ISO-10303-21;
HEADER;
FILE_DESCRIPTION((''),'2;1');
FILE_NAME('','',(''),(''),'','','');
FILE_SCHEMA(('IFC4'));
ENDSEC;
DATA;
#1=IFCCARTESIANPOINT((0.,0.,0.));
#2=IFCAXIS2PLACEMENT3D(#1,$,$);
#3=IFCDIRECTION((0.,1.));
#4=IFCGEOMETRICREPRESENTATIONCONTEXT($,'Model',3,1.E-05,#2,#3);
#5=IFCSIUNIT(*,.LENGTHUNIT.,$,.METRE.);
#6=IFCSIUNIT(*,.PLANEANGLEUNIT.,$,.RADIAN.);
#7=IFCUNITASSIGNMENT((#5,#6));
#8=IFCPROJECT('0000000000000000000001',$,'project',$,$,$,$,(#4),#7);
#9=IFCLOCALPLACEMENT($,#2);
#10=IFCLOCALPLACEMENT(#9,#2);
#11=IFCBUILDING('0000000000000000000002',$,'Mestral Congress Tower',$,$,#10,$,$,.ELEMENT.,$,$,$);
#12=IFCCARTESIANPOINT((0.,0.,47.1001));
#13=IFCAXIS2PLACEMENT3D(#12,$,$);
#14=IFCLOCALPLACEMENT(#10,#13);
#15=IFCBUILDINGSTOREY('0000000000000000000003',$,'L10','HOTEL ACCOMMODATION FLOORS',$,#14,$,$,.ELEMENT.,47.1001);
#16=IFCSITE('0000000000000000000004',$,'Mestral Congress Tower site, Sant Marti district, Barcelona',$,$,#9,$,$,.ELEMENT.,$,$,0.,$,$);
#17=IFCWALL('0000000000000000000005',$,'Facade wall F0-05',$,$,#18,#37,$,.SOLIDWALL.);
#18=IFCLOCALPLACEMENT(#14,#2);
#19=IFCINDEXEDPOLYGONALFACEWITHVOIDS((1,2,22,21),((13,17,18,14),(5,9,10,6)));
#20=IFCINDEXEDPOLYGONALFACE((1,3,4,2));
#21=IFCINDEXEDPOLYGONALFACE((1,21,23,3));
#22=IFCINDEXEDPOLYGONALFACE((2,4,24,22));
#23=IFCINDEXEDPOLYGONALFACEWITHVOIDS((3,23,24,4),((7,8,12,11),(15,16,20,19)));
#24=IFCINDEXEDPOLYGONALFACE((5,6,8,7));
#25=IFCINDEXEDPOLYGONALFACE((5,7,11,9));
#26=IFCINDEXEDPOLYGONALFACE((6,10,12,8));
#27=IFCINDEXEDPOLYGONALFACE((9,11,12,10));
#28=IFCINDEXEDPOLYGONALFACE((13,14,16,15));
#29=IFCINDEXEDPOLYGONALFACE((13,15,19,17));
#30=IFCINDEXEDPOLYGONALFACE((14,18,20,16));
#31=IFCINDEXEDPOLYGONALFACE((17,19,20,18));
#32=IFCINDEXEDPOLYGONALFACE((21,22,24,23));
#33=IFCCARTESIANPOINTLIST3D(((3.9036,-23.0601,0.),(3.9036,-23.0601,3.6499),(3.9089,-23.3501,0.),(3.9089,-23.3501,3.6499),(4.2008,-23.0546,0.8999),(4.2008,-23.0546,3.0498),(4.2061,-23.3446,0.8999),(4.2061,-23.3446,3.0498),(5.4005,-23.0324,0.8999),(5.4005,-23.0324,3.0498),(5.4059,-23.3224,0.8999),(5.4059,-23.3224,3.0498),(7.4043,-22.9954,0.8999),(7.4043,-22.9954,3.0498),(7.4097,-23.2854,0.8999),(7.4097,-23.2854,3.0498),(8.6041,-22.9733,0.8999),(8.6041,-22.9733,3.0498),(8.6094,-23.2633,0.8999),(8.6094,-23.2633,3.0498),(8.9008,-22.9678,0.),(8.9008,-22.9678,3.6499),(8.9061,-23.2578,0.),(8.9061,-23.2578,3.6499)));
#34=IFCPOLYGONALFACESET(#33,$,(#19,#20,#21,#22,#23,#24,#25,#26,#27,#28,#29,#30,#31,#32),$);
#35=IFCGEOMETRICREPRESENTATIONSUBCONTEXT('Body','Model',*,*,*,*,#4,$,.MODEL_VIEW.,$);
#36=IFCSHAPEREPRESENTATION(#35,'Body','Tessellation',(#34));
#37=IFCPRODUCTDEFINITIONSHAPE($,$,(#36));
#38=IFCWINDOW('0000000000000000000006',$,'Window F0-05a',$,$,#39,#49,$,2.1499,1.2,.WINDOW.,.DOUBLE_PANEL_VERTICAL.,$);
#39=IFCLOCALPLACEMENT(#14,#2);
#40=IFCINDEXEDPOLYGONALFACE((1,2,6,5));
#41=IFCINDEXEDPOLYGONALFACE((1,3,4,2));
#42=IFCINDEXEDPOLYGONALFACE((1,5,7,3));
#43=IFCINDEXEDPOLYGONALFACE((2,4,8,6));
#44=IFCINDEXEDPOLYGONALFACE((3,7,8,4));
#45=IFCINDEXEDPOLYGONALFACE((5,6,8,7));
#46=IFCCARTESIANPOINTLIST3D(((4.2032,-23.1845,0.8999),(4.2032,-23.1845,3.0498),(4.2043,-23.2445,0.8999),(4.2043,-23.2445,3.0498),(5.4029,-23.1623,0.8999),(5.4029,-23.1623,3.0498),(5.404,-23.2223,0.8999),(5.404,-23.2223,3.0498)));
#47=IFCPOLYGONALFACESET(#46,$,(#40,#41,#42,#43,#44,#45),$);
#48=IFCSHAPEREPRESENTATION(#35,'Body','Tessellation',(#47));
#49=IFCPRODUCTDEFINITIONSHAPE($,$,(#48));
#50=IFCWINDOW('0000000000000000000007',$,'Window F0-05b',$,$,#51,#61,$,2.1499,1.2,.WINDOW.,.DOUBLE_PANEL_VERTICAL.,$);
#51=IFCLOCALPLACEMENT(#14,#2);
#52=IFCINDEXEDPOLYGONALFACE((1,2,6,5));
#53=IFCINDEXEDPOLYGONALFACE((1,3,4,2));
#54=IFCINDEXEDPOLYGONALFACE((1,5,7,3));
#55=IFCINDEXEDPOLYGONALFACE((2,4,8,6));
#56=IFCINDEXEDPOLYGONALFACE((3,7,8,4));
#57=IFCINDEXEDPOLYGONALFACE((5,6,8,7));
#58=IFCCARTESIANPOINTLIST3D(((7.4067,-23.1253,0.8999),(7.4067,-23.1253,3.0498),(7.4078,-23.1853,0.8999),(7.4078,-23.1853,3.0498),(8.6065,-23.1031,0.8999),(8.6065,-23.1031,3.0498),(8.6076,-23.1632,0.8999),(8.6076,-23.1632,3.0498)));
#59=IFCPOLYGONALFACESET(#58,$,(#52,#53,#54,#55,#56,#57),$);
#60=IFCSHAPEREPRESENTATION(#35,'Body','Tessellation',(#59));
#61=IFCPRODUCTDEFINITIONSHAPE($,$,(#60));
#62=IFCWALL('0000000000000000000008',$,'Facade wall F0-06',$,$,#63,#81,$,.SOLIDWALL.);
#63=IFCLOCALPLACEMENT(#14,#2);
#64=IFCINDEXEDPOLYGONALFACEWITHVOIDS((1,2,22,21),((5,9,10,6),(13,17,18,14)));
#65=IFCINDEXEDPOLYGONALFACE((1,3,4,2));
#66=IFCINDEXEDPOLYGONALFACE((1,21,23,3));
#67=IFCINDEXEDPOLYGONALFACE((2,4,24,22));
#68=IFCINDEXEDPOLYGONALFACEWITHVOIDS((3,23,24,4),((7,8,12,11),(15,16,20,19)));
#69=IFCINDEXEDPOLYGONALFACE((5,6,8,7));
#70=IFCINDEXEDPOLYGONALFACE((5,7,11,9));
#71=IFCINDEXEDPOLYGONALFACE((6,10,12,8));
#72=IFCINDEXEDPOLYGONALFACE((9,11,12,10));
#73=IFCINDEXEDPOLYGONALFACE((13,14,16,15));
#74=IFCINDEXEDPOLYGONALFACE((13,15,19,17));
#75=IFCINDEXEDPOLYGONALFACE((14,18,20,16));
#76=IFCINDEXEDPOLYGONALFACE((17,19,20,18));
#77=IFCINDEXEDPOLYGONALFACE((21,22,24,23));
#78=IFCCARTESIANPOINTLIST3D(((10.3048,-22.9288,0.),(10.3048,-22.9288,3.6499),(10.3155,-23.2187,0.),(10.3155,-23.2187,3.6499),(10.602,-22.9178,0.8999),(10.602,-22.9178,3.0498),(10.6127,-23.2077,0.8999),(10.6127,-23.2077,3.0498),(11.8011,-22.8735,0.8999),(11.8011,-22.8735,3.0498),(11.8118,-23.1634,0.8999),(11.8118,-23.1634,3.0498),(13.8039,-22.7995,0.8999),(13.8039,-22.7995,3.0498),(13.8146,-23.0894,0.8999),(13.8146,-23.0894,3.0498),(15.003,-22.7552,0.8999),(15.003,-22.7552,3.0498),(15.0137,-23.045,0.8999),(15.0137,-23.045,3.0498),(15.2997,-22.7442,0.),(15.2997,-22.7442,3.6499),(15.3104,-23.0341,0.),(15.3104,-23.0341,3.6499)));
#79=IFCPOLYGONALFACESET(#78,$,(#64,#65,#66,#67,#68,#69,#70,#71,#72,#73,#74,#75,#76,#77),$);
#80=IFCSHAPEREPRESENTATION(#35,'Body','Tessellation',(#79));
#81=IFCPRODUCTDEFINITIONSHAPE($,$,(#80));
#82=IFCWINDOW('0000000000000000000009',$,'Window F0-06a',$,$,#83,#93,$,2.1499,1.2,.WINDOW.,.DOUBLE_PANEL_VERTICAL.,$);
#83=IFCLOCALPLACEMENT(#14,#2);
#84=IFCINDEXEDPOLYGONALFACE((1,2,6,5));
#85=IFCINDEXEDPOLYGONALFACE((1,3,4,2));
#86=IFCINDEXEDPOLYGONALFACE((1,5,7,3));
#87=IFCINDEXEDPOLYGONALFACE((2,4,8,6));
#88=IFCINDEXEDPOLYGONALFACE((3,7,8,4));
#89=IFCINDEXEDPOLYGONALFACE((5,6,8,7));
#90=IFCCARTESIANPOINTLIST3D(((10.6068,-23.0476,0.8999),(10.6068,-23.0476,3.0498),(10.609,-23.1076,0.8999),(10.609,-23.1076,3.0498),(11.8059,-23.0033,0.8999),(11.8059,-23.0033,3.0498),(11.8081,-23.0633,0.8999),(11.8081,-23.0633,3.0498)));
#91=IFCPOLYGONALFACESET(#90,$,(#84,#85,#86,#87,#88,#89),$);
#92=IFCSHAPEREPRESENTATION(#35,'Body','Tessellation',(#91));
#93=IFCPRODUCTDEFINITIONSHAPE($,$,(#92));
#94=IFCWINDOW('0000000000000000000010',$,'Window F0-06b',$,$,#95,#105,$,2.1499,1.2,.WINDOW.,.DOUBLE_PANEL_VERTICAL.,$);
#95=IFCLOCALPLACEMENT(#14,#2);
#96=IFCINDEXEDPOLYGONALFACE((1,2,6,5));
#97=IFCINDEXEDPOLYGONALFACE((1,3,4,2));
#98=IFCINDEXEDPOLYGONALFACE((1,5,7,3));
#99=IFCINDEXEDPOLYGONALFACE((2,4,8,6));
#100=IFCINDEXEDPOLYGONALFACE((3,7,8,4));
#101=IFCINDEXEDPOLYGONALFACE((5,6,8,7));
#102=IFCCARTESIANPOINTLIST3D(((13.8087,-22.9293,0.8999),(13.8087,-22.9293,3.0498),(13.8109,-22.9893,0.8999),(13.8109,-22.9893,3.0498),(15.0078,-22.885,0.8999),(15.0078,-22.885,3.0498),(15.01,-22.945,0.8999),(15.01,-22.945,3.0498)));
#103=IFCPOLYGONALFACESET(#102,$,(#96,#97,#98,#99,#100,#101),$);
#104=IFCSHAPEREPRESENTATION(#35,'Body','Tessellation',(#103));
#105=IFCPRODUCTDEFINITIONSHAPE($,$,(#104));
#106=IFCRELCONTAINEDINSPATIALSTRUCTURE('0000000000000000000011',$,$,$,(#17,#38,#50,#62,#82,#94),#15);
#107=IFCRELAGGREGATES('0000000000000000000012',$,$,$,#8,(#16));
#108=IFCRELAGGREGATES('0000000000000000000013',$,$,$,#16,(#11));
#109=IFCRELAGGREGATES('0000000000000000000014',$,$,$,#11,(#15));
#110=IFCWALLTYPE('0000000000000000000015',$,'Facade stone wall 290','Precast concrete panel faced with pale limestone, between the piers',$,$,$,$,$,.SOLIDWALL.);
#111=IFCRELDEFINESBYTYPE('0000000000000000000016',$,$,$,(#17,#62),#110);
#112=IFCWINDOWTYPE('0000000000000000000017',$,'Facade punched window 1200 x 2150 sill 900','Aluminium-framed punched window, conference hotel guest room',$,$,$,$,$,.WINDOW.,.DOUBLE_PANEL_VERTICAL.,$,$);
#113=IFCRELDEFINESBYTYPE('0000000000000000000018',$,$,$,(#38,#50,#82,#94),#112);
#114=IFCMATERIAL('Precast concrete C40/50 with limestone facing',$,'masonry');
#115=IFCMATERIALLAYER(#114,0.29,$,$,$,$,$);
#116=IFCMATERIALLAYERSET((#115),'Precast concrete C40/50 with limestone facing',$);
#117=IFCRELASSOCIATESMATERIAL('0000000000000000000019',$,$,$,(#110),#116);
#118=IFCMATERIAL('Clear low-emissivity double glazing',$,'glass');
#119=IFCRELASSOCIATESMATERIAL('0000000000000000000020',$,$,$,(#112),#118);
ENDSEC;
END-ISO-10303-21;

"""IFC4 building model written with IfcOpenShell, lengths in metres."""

from ifc_helpers import new_model, si_unit, direction, frame, frame_2d, origin, place, context, subcontext, project, spatial, rectangle, extrude, material, layer, layer_set, type_object, element, fill, save


model = new_model("IFC4")

# Units and contexts
model_context = context("Model", 3, precision=1e-05, world=origin(), true_north=direction((0.0, 1.0)))
body_context = subcontext(model_context, "Body", "Model", "MODEL_VIEW")
ifc_project = project(units=[si_unit("LENGTHUNIT", "METRE"), si_unit("PLANEANGLEUNIT", "RADIAN")], contexts=[model_context])

# Site, building, storey
site_placement = place(None, origin())
site = spatial("IfcSite", under=ifc_project, at=site_placement, Name="Mestral Congress Tower site, Sant Marti district, Barcelona", CompositionType="ELEMENT", RefElevation=0.0)
building_placement = place(site_placement, origin())
building = spatial("IfcBuilding", under=site, at=building_placement, Name="Mestral Congress Tower", CompositionType="ELEMENT")
storey_placement = place(building_placement, frame((0.0, 0.0, 47.1001)))
storey = spatial("IfcBuildingStorey", under=building, at=storey_placement, Name="L10", Description="HOTEL ACCOMMODATION FLOORS", CompositionType="ELEMENT", Elevation=47.1001)

# Walls, openings, windows
ifc_material_1 = material(Name="Precast concrete C40/50 with limestone facing", Category="masonry")
ifc_layer_1 = layer(ifc_material_1, 0.29)
ifc_layer_set_1 = layer_set([ifc_layer_1], Name="Precast concrete C40/50 with limestone facing")
wall_type_1 = type_object("IfcWallType", Name="Facade stone wall 290", Description="Precast concrete panel faced with pale limestone, between the piers", PredefinedType="SOLIDWALL", material=ifc_layer_set_1)
wall_1_placement = place(storey_placement, frame((3.9062, -23.2051, 0.0), z_axis=(0.0, 0.0, 1.0), x_axis=(0.99983, 0.018464, 0.0)))
wall_1 = element("IfcWall", 1, at=wall_1_placement, inside=storey, type_object=wall_type_1, Name="Facade wall F0-05", PredefinedType="SOLIDWALL", context=body_context, shape_type="SweptSolid", body=[
    extrude(rectangle(XDim=4.998, YDim=0.29, at=frame_2d((2.499, 0.0))), origin(), (0.0, 0.0, 1.0), 3.6499),
])
opening_1_placement = place(wall_1_placement, frame((0.2971, 0.0, 0.8999)))
opening_1 = element("IfcOpeningElement", 2, at=opening_1_placement, cuts=wall_1, PredefinedType="OPENING", context=body_context, shape_type="SweptSolid", body=[
    extrude(rectangle(XDim=1.2, YDim=2.1499, at=frame_2d((0.6001, 1.075))), frame((0.0, 0.155, 0.0), z_axis=(0.0, -1.0, 0.0), x_axis=(1.0, 0.0, 0.0)), (0.0, 0.0, 1.0), 0.3101),
])
opening_2_placement = place(wall_1_placement, frame((3.5012, 0.0, 0.8999)))
opening_2 = element("IfcOpeningElement", 3, at=opening_2_placement, cuts=wall_1, PredefinedType="OPENING", context=body_context, shape_type="SweptSolid", body=[
    extrude(rectangle(XDim=1.2, YDim=2.1499, at=frame_2d((0.6001, 1.075))), frame((0.0, 0.155, 0.0), z_axis=(0.0, -1.0, 0.0), x_axis=(1.0, 0.0, 0.0)), (0.0, 0.0, 1.0), 0.3101),
])
ifc_material_2 = material(Name="Clear low-emissivity double glazing", Category="glass")
window_type = type_object("IfcWindowType", Name="Facade punched window 1200 x 2150 sill 900", Description="Aluminium-framed punched window, conference hotel guest room", PartitioningType="DOUBLE_PANEL_VERTICAL", PredefinedType="WINDOW", material=ifc_material_2)
window_1_placement = place(opening_1_placement, origin())
window_1 = element("IfcWindow", 4, at=window_1_placement, inside=storey, type_object=window_type, Name="Window F0-05a", OverallHeight=2.1499, OverallWidth=1.2, PartitioningType="DOUBLE_PANEL_VERTICAL", PredefinedType="WINDOW", context=body_context, shape_type="SweptSolid", body=[
    extrude(rectangle(XDim=1.2, YDim=2.1499, at=frame_2d((0.6001, 1.075))), frame((0.0, 0.0151, 0.0), z_axis=(0.0, -1.0, 0.0), x_axis=(1.0, 0.0, 0.0)), (0.0, 0.0, 1.0), 0.0601),
])
fill(opening_1, window_1)
window_2_placement = place(opening_2_placement, origin())
window_2 = element("IfcWindow", 5, at=window_2_placement, inside=storey, type_object=window_type, Name="Window F0-05b", OverallHeight=2.1499, OverallWidth=1.2, PartitioningType="DOUBLE_PANEL_VERTICAL", PredefinedType="WINDOW", context=body_context, shape_type="SweptSolid", body=[
    extrude(rectangle(XDim=1.2, YDim=2.1499, at=frame_2d((0.6001, 1.075))), frame((0.0, 0.0151, 0.0), z_axis=(0.0, -1.0, 0.0), x_axis=(1.0, 0.0, 0.0)), (0.0, 0.0, 1.0), 0.0601),
])
fill(opening_2, window_2)
wall_2_placement = place(storey_placement, frame((10.3103, -23.0737, 0.0), z_axis=(0.0, 0.0, 1.0), x_axis=(0.999318, 0.036927, 0.0)))
wall_2 = element("IfcWall", 6, at=wall_2_placement, inside=storey, type_object=wall_type_1, Name="Facade wall F0-06", PredefinedType="SOLIDWALL", context=body_context, shape_type="SweptSolid", body=[
    extrude(rectangle(XDim=4.9983, YDim=0.29, at=frame_2d((2.499, 0.0))), origin(), (0.0, 0.0, 1.0), 3.6499),
])
opening_3_placement = place(wall_2_placement, frame((0.2971, 0.0, 0.8999)))
opening_3 = element("IfcOpeningElement", 7, at=opening_3_placement, cuts=wall_2, PredefinedType="OPENING", context=body_context, shape_type="SweptSolid", body=[
    extrude(rectangle(XDim=1.2, YDim=2.1499, at=frame_2d((0.6001, 1.075))), frame((0.0, 0.155, 0.0), z_axis=(0.0, -1.0, 0.0), x_axis=(1.0, 0.0, 0.0)), (0.0, 0.0, 1.0), 0.3101),
])
opening_4_placement = place(wall_2_placement, frame((3.5012, 0.0, 0.8999)))
opening_4 = element("IfcOpeningElement", 8, at=opening_4_placement, cuts=wall_2, PredefinedType="OPENING", context=body_context, shape_type="SweptSolid", body=[
    extrude(rectangle(XDim=1.2, YDim=2.1499, at=frame_2d((0.6001, 1.075))), frame((0.0, 0.155, 0.0), z_axis=(0.0, -1.0, 0.0), x_axis=(1.0, 0.0, 0.0)), (0.0, 0.0, 1.0), 0.3101),
])
window_3_placement = place(opening_3_placement, origin())
window_3 = element("IfcWindow", 9, at=window_3_placement, inside=storey, type_object=window_type, Name="Window F0-06a", OverallHeight=2.1499, OverallWidth=1.2, PartitioningType="DOUBLE_PANEL_VERTICAL", PredefinedType="WINDOW", context=body_context, shape_type="SweptSolid", body=[
    extrude(rectangle(XDim=1.2, YDim=2.1499, at=frame_2d((0.6001, 1.075))), frame((0.0, 0.0151, 0.0), z_axis=(0.0, -1.0, 0.0), x_axis=(1.0, 0.0, 0.0)), (0.0, 0.0, 1.0), 0.0601),
])
fill(opening_3, window_3)
window_4_placement = place(opening_4_placement, origin())
window_4 = element("IfcWindow", 10, at=window_4_placement, inside=storey, type_object=window_type, Name="Window F0-06b", OverallHeight=2.1499, OverallWidth=1.2, PartitioningType="DOUBLE_PANEL_VERTICAL", PredefinedType="WINDOW", context=body_context, shape_type="SweptSolid", body=[
    extrude(rectangle(XDim=1.2, YDim=2.1499, at=frame_2d((0.6001, 1.075))), frame((0.0, 0.0151, 0.0), z_axis=(0.0, -1.0, 0.0), x_axis=(1.0, 0.0, 0.0)), (0.0, 0.0, 1.0), 0.0601),
])
fill(opening_4, window_4)

save(model, "model.ifc")
